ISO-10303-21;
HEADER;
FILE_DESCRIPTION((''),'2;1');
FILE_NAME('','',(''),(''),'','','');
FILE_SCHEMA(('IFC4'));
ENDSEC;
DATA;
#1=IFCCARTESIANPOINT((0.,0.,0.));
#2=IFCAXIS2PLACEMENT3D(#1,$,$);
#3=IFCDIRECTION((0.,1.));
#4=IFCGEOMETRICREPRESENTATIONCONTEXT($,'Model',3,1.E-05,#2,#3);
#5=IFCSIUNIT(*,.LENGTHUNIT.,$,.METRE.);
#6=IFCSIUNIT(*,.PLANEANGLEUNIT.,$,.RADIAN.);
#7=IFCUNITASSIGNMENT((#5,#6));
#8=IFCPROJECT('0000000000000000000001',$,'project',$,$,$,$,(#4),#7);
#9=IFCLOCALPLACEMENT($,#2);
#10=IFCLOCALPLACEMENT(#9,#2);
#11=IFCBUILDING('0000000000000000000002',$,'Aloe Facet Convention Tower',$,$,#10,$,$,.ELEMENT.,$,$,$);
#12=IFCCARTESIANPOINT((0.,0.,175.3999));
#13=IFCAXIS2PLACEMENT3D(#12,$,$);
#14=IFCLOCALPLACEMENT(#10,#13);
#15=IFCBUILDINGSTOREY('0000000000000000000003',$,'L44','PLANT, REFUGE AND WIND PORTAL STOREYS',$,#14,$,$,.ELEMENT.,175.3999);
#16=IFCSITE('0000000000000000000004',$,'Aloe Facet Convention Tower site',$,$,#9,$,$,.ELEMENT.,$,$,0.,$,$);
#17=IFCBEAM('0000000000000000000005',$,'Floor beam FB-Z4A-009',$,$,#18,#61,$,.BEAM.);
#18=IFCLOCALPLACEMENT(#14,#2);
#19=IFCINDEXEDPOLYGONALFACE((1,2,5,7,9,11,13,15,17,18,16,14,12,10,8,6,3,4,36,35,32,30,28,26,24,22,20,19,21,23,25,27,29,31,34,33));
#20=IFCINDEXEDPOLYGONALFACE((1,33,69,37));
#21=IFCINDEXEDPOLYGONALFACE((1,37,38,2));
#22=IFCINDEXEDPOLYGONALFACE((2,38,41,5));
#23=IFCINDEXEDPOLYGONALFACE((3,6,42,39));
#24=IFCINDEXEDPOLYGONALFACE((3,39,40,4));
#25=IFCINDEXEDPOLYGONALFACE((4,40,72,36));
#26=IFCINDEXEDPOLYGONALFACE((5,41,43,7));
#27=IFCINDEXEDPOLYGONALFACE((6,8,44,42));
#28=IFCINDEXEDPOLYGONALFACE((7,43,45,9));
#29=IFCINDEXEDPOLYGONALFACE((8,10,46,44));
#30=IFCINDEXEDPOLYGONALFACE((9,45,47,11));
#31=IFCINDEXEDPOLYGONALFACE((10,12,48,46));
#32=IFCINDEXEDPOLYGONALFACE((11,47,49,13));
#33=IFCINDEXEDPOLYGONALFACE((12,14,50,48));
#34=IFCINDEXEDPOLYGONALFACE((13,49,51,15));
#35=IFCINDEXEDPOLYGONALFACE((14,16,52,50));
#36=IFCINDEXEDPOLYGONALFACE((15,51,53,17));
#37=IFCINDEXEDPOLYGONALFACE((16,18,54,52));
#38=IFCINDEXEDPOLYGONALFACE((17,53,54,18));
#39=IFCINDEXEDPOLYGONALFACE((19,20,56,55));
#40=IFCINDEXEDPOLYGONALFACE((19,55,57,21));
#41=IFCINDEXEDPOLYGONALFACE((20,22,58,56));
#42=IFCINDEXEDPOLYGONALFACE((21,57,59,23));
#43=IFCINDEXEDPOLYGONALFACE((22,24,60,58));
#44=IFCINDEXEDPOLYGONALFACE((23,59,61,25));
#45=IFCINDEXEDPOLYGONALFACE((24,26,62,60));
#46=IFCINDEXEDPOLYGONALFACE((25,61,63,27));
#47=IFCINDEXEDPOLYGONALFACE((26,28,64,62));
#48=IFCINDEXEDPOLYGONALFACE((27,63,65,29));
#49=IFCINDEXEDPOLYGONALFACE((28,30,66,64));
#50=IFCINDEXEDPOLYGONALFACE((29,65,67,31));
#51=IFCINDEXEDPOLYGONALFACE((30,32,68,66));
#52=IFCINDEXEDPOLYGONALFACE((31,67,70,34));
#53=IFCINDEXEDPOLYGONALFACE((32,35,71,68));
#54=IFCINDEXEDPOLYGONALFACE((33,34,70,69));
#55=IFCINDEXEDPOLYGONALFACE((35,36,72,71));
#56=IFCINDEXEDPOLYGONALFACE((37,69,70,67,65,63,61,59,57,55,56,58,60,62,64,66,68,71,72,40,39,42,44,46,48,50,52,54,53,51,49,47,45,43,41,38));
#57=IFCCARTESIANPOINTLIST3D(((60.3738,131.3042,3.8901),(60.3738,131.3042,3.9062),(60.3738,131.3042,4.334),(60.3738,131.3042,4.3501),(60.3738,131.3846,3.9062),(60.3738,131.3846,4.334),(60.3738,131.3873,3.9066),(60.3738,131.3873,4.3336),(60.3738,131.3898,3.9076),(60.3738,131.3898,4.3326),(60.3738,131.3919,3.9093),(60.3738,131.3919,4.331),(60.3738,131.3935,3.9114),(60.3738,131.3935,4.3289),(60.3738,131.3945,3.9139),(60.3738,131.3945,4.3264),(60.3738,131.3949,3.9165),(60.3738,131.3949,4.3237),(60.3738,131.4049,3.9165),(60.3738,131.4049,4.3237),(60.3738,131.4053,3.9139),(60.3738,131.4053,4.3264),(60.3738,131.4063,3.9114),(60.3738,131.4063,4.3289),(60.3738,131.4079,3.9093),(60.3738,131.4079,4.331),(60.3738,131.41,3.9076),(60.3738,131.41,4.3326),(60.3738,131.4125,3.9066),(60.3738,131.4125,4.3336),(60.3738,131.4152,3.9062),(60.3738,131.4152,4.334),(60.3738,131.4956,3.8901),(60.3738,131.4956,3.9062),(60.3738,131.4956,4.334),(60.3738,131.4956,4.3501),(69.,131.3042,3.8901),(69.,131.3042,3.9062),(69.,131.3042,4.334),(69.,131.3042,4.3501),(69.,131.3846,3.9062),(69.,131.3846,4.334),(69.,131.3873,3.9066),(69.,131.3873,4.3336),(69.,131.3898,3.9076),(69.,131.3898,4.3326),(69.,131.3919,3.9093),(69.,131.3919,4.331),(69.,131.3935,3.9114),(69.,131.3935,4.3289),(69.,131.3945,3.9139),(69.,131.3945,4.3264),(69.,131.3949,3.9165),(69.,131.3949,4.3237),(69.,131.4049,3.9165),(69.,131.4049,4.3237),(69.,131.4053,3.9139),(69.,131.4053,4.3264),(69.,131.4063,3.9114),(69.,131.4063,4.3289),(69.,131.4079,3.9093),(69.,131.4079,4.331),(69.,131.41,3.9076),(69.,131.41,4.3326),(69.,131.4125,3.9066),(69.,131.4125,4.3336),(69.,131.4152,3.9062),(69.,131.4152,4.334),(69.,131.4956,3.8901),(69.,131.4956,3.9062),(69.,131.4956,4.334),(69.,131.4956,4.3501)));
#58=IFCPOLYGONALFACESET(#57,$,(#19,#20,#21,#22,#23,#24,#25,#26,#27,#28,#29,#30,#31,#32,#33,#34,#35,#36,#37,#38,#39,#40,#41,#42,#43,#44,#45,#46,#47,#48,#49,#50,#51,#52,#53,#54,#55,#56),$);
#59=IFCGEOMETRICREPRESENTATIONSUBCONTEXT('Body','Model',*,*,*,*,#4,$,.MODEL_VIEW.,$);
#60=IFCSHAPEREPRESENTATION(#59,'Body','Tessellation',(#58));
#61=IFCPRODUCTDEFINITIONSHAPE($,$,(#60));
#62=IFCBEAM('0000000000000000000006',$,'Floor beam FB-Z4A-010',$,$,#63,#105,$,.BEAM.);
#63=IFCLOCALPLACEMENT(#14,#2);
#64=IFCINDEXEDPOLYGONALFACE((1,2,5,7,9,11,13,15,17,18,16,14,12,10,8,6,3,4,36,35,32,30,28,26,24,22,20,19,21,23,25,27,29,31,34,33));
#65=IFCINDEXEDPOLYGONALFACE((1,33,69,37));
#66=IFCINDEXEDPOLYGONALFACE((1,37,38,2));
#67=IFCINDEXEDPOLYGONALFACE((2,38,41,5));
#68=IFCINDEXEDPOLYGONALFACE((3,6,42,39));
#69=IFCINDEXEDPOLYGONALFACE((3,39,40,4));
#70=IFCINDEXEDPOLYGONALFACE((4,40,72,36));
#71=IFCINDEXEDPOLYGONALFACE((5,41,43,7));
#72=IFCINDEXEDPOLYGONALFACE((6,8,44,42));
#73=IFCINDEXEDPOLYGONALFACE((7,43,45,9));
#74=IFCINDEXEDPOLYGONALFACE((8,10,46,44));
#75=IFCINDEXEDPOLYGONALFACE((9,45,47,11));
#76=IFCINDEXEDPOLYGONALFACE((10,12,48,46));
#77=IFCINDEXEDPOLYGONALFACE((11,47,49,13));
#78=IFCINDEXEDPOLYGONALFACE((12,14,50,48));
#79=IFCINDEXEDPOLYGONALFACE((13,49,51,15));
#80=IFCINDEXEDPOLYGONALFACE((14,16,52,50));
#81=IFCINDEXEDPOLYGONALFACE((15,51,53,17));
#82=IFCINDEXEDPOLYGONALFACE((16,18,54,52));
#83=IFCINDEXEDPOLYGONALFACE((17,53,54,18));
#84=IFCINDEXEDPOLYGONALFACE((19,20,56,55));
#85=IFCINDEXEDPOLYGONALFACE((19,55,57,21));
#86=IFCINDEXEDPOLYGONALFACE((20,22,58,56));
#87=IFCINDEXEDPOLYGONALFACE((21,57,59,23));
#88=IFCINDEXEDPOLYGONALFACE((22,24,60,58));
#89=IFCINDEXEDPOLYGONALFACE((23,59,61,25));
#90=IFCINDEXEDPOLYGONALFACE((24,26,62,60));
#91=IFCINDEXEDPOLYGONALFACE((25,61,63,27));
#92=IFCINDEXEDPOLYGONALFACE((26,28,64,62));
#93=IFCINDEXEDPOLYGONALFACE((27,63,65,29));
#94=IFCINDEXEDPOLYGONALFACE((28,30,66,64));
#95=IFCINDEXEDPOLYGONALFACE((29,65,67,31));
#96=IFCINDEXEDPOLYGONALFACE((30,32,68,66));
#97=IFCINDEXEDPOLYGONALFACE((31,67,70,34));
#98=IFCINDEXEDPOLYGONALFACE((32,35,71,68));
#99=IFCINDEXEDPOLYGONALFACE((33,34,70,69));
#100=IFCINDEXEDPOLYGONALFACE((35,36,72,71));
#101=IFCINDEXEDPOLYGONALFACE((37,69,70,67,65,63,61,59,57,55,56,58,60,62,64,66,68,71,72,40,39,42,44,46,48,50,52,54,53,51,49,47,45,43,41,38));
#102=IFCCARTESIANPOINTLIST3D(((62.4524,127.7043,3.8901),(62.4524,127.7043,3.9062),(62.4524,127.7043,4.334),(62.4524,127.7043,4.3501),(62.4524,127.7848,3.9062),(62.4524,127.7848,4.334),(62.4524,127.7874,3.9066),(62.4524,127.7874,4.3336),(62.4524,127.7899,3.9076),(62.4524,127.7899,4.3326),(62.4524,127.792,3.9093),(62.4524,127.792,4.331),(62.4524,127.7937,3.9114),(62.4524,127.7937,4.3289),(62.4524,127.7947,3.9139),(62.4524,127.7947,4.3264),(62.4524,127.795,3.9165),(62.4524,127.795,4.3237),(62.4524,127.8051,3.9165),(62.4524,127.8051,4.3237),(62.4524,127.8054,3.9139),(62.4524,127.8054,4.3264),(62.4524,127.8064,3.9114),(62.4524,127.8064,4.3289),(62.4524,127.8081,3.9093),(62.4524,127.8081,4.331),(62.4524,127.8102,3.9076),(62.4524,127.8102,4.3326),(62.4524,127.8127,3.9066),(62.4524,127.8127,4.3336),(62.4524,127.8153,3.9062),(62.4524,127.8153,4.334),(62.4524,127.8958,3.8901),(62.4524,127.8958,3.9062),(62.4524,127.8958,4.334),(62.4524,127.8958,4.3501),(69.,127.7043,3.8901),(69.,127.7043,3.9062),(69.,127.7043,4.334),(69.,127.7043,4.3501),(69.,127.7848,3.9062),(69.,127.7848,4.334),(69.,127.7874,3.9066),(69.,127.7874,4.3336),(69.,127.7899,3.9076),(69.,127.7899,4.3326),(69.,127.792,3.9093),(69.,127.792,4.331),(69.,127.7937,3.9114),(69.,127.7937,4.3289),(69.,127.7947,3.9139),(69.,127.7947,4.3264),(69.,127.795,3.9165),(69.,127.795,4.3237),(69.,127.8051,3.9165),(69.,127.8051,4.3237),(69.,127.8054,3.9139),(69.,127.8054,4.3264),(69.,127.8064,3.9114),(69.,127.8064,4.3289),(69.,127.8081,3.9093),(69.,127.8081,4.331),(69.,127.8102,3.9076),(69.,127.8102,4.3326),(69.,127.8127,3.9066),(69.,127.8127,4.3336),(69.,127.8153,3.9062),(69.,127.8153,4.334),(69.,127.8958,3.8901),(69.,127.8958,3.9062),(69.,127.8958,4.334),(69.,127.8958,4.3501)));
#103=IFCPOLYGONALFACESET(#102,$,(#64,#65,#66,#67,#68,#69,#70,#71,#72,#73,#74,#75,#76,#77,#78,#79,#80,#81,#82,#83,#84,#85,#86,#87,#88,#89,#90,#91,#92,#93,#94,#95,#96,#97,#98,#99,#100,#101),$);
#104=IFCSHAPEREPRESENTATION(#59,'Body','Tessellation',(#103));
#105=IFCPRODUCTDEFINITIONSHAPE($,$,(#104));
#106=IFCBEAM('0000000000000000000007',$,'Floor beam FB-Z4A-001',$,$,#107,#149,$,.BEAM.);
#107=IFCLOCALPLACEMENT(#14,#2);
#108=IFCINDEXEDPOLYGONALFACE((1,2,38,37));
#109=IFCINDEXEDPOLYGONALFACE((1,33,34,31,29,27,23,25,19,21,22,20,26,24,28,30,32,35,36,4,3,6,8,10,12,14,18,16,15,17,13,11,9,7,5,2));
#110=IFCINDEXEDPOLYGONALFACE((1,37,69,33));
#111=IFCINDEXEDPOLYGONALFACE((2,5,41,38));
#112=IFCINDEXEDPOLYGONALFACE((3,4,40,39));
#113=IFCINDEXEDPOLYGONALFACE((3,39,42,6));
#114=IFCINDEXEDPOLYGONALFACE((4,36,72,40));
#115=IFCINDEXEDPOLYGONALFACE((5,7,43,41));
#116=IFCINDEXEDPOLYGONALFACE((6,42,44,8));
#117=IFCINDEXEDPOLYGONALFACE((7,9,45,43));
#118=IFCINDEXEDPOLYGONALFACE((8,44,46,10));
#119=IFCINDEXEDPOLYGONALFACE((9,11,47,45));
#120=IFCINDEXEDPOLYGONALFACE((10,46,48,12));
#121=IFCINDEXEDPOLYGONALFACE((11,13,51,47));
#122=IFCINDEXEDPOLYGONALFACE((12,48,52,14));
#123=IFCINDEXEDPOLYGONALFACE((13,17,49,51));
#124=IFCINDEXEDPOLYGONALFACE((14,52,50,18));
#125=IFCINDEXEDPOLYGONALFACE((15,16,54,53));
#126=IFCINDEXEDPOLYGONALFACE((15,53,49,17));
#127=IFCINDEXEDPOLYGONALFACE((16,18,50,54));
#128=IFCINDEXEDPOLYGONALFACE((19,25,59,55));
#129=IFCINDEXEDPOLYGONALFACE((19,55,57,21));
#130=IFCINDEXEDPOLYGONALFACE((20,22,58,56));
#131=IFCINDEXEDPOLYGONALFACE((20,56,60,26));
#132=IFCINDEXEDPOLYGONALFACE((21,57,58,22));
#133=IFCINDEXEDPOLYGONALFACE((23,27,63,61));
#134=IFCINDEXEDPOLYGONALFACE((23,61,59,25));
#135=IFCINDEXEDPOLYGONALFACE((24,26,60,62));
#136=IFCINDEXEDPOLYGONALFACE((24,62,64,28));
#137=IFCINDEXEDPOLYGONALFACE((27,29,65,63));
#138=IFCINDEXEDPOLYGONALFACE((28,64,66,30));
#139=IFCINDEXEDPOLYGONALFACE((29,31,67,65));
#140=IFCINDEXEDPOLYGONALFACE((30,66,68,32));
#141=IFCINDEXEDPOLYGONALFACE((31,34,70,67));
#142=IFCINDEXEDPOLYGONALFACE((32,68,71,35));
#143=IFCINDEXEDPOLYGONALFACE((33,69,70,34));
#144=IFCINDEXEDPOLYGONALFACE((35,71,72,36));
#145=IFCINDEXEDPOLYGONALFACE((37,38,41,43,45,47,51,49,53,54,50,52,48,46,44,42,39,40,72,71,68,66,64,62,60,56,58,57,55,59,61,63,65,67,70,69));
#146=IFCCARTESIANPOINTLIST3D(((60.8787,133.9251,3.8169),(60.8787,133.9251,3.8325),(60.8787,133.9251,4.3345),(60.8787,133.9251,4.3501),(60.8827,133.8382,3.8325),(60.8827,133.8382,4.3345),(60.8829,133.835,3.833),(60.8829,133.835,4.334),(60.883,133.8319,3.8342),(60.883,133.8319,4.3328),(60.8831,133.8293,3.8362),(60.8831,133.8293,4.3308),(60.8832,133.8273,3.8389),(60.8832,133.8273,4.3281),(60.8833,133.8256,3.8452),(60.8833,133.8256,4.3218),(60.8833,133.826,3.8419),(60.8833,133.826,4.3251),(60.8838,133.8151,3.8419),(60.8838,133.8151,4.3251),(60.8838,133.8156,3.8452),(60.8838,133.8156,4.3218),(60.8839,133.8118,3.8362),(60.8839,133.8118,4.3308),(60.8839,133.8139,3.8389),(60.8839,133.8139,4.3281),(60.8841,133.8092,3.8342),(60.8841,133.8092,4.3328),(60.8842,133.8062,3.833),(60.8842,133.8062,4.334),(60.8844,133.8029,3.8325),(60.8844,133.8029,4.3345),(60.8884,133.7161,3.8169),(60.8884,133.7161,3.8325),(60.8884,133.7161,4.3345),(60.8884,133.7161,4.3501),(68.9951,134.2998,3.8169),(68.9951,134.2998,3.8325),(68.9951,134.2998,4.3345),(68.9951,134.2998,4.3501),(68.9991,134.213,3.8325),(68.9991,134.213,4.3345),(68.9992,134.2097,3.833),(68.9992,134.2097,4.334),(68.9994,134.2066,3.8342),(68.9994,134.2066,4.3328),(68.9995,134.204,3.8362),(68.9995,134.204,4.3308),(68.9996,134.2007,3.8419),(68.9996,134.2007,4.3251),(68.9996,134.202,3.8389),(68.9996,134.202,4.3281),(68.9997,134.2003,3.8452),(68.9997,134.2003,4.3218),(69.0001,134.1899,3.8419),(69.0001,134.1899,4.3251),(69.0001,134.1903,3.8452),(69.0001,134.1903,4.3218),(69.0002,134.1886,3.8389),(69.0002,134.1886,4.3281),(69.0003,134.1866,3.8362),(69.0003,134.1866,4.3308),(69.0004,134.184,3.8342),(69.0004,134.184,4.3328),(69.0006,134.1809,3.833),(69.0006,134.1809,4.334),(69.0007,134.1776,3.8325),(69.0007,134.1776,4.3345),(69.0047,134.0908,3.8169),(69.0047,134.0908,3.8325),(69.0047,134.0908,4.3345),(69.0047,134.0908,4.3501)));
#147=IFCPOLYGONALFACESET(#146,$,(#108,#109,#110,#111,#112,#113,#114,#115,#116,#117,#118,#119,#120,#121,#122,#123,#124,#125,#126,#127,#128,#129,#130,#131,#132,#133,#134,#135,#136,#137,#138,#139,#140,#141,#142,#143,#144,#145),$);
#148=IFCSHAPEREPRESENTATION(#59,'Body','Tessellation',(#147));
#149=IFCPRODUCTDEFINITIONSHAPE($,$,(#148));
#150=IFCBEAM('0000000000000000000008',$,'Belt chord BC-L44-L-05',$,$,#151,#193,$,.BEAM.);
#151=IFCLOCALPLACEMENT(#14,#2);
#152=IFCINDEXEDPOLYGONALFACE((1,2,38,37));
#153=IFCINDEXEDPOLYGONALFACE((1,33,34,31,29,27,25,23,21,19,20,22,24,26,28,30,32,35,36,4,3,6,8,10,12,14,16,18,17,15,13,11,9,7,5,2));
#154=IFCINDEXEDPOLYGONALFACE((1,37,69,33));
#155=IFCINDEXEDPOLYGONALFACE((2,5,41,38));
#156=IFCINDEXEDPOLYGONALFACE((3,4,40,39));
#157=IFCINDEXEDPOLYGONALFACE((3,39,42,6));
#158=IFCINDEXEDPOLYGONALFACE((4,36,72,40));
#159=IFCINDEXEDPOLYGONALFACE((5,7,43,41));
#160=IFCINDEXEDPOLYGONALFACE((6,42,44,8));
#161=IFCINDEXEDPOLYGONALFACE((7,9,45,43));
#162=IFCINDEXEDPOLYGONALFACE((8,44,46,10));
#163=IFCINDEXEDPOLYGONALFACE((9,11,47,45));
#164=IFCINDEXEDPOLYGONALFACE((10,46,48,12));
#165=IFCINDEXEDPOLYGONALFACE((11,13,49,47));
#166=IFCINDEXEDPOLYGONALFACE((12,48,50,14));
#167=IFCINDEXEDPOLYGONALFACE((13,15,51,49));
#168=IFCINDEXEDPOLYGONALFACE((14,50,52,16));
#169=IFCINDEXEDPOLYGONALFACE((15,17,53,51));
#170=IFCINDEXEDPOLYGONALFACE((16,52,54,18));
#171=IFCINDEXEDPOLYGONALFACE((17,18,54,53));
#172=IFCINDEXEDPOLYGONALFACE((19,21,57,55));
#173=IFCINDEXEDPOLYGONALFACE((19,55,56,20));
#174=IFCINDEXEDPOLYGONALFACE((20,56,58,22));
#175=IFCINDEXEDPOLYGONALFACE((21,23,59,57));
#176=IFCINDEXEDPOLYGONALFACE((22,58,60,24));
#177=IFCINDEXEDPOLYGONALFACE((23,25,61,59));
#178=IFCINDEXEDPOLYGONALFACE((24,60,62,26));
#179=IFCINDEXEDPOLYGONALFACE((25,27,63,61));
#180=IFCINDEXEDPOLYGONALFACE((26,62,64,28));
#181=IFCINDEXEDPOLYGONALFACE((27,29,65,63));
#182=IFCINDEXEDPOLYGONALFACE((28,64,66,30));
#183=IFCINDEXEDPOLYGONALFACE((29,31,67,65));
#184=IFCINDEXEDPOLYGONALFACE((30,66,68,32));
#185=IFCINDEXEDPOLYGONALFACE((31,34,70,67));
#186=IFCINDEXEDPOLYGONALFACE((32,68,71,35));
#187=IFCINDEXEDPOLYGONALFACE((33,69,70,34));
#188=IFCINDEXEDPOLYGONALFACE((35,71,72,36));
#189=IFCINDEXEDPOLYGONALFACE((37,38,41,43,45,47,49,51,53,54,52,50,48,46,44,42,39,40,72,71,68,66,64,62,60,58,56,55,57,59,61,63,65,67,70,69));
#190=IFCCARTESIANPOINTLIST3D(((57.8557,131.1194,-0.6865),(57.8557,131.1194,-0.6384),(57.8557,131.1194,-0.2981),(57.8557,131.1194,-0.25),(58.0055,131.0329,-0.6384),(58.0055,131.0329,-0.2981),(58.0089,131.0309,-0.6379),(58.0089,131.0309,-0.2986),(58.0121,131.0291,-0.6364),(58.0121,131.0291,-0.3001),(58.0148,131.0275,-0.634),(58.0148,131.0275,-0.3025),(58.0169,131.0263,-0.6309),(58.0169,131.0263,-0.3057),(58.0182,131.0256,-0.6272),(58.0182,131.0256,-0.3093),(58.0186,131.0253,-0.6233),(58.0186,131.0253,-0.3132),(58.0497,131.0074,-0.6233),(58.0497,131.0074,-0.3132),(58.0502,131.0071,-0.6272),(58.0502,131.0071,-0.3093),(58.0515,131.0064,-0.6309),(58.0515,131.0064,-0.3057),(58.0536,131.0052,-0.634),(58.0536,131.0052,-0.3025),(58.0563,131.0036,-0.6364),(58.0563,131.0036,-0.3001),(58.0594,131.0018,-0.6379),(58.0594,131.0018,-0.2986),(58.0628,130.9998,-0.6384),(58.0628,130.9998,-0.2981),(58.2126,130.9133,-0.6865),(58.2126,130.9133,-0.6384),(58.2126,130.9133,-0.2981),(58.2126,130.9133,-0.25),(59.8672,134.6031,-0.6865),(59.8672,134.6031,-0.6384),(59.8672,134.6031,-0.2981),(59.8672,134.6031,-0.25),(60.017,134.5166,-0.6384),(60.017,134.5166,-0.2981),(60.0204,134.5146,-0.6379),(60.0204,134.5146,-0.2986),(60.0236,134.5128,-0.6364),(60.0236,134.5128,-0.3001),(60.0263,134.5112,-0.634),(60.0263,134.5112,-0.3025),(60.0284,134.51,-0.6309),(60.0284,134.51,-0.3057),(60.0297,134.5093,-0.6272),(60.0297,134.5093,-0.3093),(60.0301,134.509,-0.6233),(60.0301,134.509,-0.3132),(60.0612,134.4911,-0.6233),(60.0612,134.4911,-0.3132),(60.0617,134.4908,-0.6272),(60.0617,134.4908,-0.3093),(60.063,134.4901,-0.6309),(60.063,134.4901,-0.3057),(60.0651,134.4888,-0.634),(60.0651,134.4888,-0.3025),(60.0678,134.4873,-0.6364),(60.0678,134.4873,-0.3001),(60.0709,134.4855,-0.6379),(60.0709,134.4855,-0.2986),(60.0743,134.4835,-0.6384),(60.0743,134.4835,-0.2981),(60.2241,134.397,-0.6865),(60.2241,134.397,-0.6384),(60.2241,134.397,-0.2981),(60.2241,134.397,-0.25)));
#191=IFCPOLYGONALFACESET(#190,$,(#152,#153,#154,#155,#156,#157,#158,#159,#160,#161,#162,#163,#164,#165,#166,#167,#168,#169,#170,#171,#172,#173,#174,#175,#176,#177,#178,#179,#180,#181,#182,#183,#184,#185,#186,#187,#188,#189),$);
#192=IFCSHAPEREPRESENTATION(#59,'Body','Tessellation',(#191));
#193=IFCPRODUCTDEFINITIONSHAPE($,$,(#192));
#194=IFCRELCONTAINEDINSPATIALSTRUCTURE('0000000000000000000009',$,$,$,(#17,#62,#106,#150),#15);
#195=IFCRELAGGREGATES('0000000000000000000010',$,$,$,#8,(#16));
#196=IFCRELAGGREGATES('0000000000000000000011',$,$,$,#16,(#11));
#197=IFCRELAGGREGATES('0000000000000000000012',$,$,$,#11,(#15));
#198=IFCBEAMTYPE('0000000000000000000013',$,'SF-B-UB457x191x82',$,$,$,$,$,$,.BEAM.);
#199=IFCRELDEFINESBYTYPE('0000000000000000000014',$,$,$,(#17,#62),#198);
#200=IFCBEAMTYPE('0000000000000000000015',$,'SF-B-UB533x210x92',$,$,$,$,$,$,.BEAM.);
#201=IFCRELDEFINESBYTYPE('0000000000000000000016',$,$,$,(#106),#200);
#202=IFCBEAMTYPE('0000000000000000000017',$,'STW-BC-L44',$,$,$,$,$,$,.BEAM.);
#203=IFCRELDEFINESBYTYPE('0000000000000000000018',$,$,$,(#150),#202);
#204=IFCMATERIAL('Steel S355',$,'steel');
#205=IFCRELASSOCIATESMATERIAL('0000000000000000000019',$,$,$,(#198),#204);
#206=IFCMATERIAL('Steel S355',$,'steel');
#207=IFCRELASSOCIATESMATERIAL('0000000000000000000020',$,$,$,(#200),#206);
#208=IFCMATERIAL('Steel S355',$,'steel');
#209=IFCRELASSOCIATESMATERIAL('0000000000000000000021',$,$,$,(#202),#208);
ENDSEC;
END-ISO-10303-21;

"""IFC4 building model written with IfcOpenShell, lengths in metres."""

from ifc_helpers import new_model, si_unit, direction, frame, origin, origin_2d, place, context, subcontext, project, spatial, i_section, extrude, material, material_profile, profile_set, type_object, element, save


model = new_model("IFC4")

# Units and contexts
model_context = context("Model", 3, precision=1e-05, world=origin(), true_north=direction((0.0, 1.0)))
body_context = subcontext(model_context, "Body", "Model", "MODEL_VIEW")
ifc_project = project(units=[si_unit("LENGTHUNIT", "METRE"), si_unit("PLANEANGLEUNIT", "RADIAN")], contexts=[model_context])

# Site, building, storey
site_placement = place(None, origin())
site = spatial("IfcSite", under=ifc_project, at=site_placement, Name="Aloe Facet Convention Tower site", CompositionType="ELEMENT", RefElevation=0.0)
building_placement = place(site_placement, origin())
building = spatial("IfcBuilding", under=site, at=building_placement, Name="Aloe Facet Convention Tower", CompositionType="ELEMENT")
storey_placement = place(building_placement, frame((0.0, 0.0, 175.3999)))
storey = spatial("IfcBuildingStorey", under=building, at=storey_placement, Name="L44", Description="PLANT, REFUGE AND WIND PORTAL STOREYS", CompositionType="ELEMENT", Elevation=175.3999)

# Beams
ifc_material_1 = material(Name="Steel S355", Category="steel")
ifc_material_profile_1 = material_profile(ifc_material_1, i_section(OverallWidth=0.1914, OverallDepth=0.46, WebThickness=0.01, FlangeThickness=0.0161, FilletRadius=0.0103, at=origin_2d()), Name="UB 457x191x82")
ifc_profile_set_1 = profile_set([ifc_material_profile_1], Name="Steel S355")
beam_type_1 = type_object("IfcBeamType", Name="SF-B-UB457x191x82", PredefinedType="BEAM", material=ifc_profile_set_1)
beam_1_placement = place(storey_placement, frame((60.3738, 131.3999, 4.1201), z_axis=(1.0, 0.0, 0.0), x_axis=(0.0, 1.0, 0.0)))
element("IfcBeam", 1, at=beam_1_placement, inside=storey, type_object=beam_type_1, Name="Floor beam FB-Z4A-009", PredefinedType="BEAM", context=body_context, shape_type="SweptSolid", body=[
    extrude(i_section(OverallWidth=0.1914, OverallDepth=0.46, WebThickness=0.01, FlangeThickness=0.0161, FilletRadius=0.0103, at=origin_2d()), origin(), (0.0, 0.0, 1.0), 8.6262),
])
beam_2_placement = place(storey_placement, frame((62.4524, 127.8, 4.1201), z_axis=(1.0, 0.0, 0.0), x_axis=(0.0, 1.0, 0.0)))
element("IfcBeam", 2, at=beam_2_placement, inside=storey, type_object=beam_type_1, Name="Floor beam FB-Z4A-010", PredefinedType="BEAM", context=body_context, shape_type="SweptSolid", body=[
    extrude(i_section(OverallWidth=0.1914, OverallDepth=0.46, WebThickness=0.01, FlangeThickness=0.0161, FilletRadius=0.0103, at=origin_2d()), origin(), (0.0, 0.0, 1.0), 6.5476),
])
ifc_material_2 = material(Name="Steel S355", Category="steel")
ifc_material_profile_2 = material_profile(ifc_material_2, i_section(OverallWidth=0.2092, OverallDepth=0.5332, WebThickness=0.01, FlangeThickness=0.0156, FilletRadius=0.0127, at=origin_2d()), Name="UB 533x210x92")
ifc_profile_set_2 = profile_set([ifc_material_profile_2], Name="Steel S355")
beam_type_2 = type_object("IfcBeamType", Name="SF-B-UB533x210x92", PredefinedType="BEAM", material=ifc_profile_set_2)
beam_3_placement = place(storey_placement, frame((60.8835, 133.8206, 4.0835), z_axis=(0.998936, 0.046123, 0.0), x_axis=(-0.046123, 0.998936, 0.0)))
element("IfcBeam", 3, at=beam_3_placement, inside=storey, type_object=beam_type_2, Name="Floor beam FB-Z4A-001", PredefinedType="BEAM", context=body_context, shape_type="SweptSolid", body=[
    extrude(i_section(OverallWidth=0.2092, OverallDepth=0.5332, WebThickness=0.01, FlangeThickness=0.0156, FilletRadius=0.0127, at=origin_2d()), origin(), (0.0, 0.0, 1.0), 8.125),
])
ifc_material_3 = material(Name="Steel S355", Category="steel")
ifc_material_profile_3 = material_profile(ifc_material_3, i_section(OverallWidth=0.4121, OverallDepth=0.4365, WebThickness=0.0359, FlangeThickness=0.0481, FilletRadius=0.0151, at=origin_2d()), Name="UC 356x406x467")
ifc_profile_set_3 = profile_set([ifc_material_profile_3], Name="Steel S355")
beam_type_3 = type_object("IfcBeamType", Name="STW-BC-L44", PredefinedType="BEAM", material=ifc_profile_set_3)
beam_4_placement = place(storey_placement, frame((58.0342, 131.0164, -0.4683), z_axis=(0.500036, 0.866005, 0.0), x_axis=(-0.866005, 0.500036, 0.0)))
element("IfcBeam", 4, at=beam_4_placement, inside=storey, type_object=beam_type_3, Name="Belt chord BC-L44-L-05", PredefinedType="BEAM", context=body_context, shape_type="SweptSolid", body=[
    extrude(i_section(OverallWidth=0.4121, OverallDepth=0.4365, WebThickness=0.0359, FlangeThickness=0.0481, FilletRadius=0.0151, at=origin_2d()), origin(), (0.0, 0.0, 1.0), 4.0227),
])

save(model, "model.ifc")
